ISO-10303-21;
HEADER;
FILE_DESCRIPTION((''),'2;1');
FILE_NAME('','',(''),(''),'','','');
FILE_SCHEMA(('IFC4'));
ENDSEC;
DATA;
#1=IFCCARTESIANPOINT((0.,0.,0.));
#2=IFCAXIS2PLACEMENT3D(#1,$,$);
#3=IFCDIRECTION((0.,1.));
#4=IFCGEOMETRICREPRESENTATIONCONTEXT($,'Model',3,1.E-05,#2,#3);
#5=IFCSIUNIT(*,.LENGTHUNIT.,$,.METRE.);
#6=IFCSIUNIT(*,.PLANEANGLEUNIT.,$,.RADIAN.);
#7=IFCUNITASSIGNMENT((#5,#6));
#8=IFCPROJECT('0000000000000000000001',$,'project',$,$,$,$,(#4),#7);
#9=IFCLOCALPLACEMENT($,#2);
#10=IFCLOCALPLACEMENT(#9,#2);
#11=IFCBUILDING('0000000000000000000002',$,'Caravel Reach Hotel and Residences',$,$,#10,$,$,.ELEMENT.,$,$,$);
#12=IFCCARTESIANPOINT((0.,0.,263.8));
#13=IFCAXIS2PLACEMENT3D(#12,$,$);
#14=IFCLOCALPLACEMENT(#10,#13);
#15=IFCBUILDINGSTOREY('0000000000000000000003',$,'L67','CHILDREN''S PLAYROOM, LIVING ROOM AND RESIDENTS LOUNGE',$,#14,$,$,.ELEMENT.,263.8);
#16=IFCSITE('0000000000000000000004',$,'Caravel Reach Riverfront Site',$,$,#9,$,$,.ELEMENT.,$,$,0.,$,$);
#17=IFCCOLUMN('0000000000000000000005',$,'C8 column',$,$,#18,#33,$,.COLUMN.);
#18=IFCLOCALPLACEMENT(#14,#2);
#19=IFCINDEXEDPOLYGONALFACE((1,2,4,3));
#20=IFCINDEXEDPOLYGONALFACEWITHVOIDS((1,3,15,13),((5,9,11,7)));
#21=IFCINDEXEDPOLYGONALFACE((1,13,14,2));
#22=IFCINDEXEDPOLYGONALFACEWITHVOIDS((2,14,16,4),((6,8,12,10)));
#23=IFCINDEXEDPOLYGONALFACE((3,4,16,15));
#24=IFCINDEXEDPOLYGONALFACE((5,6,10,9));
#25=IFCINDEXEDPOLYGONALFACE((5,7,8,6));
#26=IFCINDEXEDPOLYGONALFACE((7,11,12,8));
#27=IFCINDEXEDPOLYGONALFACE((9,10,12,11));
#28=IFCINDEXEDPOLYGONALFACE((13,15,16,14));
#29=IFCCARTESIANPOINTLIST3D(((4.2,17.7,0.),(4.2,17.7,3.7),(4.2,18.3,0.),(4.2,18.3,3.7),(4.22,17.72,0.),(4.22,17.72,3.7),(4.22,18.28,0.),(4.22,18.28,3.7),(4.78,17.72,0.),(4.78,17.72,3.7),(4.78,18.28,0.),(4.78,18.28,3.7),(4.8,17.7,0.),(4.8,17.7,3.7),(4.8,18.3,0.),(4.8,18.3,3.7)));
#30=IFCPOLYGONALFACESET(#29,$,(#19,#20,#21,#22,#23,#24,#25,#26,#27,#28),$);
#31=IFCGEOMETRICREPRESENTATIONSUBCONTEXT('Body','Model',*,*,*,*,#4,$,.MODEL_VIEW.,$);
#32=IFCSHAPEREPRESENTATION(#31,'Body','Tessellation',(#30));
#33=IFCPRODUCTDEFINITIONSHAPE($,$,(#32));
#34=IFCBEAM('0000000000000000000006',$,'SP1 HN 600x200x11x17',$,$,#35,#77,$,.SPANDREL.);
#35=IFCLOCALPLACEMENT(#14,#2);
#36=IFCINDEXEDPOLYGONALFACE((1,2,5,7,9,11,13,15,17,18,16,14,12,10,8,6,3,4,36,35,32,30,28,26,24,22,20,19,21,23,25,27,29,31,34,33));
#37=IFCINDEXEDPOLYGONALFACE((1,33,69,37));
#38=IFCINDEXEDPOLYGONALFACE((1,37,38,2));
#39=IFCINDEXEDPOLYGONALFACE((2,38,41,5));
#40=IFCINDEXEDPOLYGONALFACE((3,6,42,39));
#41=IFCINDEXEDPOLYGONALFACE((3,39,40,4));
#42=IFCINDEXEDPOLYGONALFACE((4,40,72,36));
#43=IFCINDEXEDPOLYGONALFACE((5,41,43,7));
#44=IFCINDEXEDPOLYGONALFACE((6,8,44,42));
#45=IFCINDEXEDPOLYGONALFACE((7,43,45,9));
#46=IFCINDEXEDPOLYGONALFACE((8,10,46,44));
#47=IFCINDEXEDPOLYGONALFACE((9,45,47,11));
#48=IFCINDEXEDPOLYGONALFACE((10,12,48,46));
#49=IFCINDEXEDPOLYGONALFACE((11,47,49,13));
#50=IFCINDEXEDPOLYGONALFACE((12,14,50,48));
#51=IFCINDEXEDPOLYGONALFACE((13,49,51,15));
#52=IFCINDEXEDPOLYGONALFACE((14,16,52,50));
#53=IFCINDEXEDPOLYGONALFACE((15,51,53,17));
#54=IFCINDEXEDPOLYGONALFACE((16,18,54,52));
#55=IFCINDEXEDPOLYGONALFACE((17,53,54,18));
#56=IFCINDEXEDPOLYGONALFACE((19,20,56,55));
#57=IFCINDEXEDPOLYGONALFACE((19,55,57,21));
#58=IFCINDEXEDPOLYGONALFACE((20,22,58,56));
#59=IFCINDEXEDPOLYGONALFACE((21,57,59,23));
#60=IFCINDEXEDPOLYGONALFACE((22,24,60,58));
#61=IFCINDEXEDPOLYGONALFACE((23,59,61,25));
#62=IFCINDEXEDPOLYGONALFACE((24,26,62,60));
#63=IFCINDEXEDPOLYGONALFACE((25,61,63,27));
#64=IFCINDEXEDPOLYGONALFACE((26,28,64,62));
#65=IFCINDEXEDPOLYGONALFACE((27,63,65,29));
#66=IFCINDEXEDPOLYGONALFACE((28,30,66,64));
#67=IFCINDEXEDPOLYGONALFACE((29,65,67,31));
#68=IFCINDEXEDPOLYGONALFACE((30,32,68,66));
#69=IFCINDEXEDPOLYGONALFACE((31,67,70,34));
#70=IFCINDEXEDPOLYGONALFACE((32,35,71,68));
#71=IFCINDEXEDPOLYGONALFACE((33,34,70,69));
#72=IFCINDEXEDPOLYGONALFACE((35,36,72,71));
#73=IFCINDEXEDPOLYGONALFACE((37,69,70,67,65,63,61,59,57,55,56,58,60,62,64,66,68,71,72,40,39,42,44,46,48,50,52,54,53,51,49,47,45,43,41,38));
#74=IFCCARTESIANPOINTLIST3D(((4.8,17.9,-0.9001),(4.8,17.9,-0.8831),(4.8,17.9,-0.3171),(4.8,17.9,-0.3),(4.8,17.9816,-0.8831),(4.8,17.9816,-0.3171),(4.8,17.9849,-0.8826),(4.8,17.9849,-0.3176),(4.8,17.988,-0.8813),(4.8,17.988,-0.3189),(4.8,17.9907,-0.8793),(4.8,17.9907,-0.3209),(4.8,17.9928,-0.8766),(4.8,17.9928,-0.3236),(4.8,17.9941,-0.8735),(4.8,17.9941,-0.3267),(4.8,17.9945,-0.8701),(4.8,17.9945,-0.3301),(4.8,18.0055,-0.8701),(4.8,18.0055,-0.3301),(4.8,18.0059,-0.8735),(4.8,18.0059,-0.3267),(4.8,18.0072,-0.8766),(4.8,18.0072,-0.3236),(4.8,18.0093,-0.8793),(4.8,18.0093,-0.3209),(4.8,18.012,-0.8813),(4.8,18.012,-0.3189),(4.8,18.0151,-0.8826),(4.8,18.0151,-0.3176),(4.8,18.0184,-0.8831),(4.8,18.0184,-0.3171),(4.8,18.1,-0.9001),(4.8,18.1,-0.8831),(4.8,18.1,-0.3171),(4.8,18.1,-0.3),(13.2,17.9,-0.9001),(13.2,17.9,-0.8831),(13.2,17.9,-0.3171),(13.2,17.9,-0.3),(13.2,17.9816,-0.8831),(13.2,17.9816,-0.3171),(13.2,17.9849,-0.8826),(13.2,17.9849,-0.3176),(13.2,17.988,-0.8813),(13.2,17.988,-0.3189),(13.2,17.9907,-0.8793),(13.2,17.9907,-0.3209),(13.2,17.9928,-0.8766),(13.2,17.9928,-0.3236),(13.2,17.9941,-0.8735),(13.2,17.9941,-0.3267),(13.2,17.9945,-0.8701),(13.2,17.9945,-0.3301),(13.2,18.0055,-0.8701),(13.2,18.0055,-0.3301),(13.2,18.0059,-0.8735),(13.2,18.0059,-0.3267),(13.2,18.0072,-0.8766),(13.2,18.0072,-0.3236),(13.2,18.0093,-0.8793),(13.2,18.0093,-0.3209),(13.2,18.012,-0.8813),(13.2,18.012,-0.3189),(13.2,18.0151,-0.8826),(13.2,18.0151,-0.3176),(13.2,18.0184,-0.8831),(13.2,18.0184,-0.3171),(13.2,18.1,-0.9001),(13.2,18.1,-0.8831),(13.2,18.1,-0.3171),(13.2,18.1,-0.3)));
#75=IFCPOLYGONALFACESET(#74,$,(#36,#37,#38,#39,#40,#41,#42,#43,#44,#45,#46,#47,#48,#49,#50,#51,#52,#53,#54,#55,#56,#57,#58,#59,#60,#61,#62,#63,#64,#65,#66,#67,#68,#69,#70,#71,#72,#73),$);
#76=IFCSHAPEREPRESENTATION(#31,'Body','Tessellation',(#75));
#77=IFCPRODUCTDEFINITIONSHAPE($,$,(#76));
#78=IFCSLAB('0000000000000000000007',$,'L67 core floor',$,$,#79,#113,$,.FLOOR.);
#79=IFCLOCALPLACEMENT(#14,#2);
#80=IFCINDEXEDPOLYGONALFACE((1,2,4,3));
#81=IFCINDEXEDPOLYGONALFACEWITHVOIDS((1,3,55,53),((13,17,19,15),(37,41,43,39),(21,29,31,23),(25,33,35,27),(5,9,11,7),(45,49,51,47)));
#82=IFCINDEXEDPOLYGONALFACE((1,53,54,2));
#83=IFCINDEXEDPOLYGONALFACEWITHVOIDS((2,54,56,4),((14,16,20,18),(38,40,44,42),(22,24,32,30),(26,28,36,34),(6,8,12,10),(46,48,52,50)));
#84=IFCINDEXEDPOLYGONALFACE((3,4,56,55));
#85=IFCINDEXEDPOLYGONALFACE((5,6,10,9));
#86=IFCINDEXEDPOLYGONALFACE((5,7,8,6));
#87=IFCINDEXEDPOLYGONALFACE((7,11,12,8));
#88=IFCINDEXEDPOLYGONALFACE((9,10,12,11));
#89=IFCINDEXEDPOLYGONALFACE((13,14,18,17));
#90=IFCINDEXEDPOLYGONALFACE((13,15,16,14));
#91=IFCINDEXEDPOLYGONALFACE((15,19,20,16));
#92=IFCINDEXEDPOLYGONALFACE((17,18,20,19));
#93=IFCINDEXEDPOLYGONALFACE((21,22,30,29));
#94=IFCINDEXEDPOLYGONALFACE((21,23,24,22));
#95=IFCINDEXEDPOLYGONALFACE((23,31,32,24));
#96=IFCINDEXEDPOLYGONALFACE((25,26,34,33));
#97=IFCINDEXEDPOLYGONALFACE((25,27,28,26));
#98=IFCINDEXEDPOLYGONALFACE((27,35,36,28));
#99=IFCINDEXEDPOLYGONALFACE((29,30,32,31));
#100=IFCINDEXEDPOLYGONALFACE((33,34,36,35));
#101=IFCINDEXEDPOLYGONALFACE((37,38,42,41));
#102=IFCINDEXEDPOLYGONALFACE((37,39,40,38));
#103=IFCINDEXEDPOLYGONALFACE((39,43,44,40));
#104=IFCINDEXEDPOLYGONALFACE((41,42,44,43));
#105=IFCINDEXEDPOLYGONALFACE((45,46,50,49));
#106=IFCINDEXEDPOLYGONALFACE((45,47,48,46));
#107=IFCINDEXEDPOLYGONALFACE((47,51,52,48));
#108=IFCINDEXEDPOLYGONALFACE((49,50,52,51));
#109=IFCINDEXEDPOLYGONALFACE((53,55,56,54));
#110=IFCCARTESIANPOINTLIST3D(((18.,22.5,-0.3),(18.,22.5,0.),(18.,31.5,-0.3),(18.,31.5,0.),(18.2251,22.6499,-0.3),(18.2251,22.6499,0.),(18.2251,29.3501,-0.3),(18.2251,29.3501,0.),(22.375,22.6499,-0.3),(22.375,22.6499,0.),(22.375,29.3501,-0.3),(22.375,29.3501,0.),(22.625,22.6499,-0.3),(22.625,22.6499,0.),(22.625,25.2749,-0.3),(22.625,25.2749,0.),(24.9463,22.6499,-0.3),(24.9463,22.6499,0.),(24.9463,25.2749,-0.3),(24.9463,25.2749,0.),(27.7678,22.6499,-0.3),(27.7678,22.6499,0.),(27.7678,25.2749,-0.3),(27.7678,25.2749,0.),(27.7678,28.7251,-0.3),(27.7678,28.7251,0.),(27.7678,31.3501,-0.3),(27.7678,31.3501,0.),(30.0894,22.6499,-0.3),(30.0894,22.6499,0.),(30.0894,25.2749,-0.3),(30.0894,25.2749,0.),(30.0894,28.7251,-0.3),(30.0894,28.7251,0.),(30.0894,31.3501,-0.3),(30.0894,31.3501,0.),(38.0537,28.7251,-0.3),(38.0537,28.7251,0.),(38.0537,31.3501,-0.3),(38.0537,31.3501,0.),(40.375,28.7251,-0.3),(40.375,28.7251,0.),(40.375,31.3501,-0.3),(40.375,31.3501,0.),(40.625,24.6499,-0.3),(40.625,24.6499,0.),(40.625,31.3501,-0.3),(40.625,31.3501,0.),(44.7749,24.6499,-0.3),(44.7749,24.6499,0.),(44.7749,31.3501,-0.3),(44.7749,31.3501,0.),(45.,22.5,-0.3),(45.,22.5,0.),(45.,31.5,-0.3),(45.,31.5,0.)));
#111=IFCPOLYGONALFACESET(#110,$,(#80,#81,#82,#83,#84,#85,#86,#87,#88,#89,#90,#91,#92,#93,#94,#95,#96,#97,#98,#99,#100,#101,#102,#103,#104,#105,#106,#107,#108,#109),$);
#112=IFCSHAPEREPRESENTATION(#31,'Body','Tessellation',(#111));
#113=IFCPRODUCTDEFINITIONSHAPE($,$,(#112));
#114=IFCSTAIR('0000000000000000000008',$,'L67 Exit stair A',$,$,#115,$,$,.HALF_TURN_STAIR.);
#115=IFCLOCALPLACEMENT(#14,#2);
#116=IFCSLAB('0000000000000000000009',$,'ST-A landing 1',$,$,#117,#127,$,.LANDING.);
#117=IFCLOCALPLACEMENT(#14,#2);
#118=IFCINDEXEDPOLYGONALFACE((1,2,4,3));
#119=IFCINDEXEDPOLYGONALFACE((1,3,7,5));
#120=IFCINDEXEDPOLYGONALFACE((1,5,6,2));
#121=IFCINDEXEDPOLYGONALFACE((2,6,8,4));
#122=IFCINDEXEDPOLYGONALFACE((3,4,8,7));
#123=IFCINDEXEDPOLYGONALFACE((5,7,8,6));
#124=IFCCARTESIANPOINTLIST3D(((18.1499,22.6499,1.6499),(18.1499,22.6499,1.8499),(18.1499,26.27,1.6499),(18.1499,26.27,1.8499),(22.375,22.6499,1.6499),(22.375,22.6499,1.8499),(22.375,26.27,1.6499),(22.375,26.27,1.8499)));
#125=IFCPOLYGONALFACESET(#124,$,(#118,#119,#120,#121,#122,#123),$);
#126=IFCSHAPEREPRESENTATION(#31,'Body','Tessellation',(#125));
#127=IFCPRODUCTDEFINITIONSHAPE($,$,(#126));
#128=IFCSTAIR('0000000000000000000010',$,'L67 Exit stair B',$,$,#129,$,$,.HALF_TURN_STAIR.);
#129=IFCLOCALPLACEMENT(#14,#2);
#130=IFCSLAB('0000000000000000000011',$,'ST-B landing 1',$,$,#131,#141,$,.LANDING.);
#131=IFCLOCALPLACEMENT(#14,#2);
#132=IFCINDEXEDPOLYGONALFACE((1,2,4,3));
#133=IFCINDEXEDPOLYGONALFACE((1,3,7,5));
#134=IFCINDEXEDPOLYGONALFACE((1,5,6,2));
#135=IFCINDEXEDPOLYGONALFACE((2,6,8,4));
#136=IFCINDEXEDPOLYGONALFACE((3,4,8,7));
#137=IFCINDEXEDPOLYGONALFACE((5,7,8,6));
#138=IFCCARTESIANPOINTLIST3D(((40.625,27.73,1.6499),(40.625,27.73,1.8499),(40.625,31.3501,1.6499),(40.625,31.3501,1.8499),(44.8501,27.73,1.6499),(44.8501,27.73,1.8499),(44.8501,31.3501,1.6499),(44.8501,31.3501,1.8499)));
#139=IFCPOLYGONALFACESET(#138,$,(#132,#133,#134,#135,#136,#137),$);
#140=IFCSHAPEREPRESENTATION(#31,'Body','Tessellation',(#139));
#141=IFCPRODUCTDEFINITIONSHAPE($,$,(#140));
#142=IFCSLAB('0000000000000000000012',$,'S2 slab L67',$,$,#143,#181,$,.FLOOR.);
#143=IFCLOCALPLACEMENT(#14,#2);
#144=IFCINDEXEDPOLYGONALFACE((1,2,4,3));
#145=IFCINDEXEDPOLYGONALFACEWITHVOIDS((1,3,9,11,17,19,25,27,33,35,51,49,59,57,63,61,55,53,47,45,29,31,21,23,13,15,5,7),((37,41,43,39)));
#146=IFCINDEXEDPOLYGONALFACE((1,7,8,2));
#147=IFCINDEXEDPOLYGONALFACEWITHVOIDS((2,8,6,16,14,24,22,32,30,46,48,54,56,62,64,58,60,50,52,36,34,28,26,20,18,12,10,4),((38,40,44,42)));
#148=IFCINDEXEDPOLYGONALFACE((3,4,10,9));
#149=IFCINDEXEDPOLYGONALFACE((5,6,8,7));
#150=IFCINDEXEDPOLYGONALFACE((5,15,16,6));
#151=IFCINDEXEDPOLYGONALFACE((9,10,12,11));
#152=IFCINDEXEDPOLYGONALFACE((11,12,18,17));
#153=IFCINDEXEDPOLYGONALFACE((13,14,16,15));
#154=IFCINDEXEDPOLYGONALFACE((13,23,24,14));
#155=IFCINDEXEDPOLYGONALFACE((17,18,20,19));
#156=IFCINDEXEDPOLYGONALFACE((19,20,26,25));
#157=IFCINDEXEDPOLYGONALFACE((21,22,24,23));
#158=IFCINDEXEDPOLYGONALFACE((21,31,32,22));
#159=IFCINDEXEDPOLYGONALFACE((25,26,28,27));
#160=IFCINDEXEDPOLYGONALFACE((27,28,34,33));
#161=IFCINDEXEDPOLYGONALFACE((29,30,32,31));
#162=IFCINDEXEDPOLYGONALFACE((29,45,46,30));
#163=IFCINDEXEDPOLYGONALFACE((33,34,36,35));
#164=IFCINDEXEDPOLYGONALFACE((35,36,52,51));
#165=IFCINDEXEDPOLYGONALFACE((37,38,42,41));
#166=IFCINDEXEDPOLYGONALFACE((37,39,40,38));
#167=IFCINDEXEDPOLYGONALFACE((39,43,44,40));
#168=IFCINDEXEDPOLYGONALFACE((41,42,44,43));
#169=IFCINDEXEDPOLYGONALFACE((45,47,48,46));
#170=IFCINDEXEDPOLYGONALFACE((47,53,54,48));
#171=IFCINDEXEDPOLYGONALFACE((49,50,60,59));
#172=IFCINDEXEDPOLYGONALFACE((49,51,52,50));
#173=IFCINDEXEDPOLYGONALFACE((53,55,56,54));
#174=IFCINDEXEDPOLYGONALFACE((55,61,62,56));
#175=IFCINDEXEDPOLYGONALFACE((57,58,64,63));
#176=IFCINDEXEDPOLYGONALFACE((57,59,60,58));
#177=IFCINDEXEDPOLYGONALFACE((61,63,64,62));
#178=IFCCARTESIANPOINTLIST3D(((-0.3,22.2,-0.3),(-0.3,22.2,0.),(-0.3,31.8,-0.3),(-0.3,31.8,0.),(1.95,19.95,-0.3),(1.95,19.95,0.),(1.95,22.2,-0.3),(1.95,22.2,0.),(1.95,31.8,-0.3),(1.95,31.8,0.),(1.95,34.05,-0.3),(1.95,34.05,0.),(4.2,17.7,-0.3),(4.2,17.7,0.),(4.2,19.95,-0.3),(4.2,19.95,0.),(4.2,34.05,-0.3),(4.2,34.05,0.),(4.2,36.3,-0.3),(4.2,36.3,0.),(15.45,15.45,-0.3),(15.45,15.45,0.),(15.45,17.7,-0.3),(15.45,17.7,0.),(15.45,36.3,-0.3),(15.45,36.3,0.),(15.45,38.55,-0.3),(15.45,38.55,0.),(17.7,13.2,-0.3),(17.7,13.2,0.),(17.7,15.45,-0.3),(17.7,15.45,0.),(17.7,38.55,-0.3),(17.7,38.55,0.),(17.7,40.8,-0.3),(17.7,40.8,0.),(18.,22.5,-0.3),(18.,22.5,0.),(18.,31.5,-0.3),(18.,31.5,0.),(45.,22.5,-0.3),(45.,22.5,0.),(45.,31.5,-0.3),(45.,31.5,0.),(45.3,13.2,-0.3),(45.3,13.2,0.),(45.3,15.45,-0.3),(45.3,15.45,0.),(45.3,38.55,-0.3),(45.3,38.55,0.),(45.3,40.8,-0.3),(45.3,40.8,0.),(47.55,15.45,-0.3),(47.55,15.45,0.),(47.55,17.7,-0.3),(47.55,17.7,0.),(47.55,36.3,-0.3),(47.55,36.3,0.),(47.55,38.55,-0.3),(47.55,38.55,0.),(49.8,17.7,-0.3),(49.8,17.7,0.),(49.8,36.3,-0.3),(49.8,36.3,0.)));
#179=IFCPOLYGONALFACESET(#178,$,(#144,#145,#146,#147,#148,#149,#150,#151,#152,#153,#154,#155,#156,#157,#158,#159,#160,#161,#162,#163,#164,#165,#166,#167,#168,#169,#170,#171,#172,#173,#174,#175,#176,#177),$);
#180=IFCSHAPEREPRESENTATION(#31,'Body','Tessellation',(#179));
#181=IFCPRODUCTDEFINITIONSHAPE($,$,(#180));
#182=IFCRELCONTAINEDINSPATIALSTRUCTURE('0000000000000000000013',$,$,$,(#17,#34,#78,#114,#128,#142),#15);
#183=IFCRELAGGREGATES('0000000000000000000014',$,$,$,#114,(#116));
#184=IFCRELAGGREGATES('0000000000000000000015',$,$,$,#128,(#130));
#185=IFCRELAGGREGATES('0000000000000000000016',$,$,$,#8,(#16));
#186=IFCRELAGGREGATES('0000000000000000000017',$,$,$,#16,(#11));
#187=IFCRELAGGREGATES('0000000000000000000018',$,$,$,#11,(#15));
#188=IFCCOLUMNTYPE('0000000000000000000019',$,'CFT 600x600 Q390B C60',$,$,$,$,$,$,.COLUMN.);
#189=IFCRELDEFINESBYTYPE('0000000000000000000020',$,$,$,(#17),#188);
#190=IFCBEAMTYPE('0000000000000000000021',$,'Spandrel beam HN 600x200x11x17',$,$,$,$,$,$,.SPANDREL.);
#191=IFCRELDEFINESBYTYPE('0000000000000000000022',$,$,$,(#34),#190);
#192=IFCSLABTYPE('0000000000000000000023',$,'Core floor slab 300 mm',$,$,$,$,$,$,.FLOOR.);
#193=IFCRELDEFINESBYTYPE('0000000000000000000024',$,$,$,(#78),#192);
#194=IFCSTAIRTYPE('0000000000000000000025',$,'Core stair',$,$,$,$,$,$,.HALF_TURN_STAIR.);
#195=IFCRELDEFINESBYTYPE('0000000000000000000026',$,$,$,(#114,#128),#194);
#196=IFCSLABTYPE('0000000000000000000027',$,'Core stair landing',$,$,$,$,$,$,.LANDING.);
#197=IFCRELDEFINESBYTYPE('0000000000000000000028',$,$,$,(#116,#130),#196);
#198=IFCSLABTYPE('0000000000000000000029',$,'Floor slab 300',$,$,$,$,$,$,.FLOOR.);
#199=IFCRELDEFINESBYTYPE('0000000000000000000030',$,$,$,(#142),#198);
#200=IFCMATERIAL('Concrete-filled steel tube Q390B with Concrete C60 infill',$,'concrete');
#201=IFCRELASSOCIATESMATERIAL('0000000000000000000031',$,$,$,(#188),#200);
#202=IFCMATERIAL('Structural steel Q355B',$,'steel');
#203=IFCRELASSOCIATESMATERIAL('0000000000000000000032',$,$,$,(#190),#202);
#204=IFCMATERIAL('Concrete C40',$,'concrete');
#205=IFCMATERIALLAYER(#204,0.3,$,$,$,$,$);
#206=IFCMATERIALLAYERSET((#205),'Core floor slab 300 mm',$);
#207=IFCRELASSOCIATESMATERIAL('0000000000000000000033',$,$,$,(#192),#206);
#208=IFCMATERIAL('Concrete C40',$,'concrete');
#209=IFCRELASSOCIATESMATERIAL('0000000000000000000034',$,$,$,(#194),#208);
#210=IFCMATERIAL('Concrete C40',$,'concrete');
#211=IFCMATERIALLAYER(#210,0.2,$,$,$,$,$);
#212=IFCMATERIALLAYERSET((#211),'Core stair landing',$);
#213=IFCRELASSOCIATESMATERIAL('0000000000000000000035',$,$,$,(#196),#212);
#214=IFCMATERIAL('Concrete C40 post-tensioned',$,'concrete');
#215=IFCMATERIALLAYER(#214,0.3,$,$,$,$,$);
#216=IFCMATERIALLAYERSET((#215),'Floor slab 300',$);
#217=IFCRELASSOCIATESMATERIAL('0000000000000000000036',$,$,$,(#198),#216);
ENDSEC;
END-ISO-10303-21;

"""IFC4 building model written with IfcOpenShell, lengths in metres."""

from ifc_helpers import new_model, si_unit, direction, frame, origin, origin_2d, place, context, subcontext, project, spatial, polyline, hollow_rectangle, i_section, outline, extrude, material, layer, layer_set, material_profile, profile_set, type_object, element, aggregate, save


model = new_model("IFC4")

# Units and contexts
model_context = context("Model", 3, precision=1e-05, world=origin(), true_north=direction((0.0, 1.0)))
body_context = subcontext(model_context, "Body", "Model", "MODEL_VIEW")
ifc_project = project(units=[si_unit("LENGTHUNIT", "METRE"), si_unit("PLANEANGLEUNIT", "RADIAN")], contexts=[model_context])

# Site, building, storey
site_placement = place(None, origin())
site = spatial("IfcSite", under=ifc_project, at=site_placement, Name="Caravel Reach Riverfront Site", CompositionType="ELEMENT", RefElevation=0.0)
building_placement = place(site_placement, origin())
building = spatial("IfcBuilding", under=site, at=building_placement, Name="Caravel Reach Hotel and Residences", CompositionType="ELEMENT")
storey_placement = place(building_placement, frame((0.0, 0.0, 263.8)))
storey = spatial("IfcBuildingStorey", under=building, at=storey_placement, Name="L67", Description="CHILDREN'S PLAYROOM, LIVING ROOM AND RESIDENTS LOUNGE", CompositionType="ELEMENT", Elevation=263.8)

# Column
ifc_material_1 = material(Name="Concrete-filled steel tube Q390B with Concrete C60 infill", Category="concrete")
ifc_material_profile_1 = material_profile(ifc_material_1, hollow_rectangle(XDim=0.6001, YDim=0.6001, WallThickness=0.02, at=origin_2d()), Name="RHS 600x600x20")
ifc_profile_set_1 = profile_set([ifc_material_profile_1], Name="Concrete-filled steel tube Q390B with Concrete C60 infill")
column_type = type_object("IfcColumnType", Name="CFT 600x600 Q390B C60", PredefinedType="COLUMN", material=ifc_profile_set_1)
column_placement = place(storey_placement, frame((4.5, 18.0, 0.0), z_axis=(0.0, 0.0, 1.0), x_axis=(1.0, 0.0, 0.0)))
element("IfcColumn", 1, at=column_placement, inside=storey, type_object=column_type, Name="C8 column", PredefinedType="COLUMN", context=body_context, shape_type="SweptSolid", body=[
    extrude(hollow_rectangle(XDim=0.6001, YDim=0.6001, WallThickness=0.02, at=origin_2d()), origin(), (0.0, 0.0, 1.0), 3.7),
])

# Beam
ifc_material_2 = material(Name="Structural steel Q355B", Category="steel")
ifc_material_profile_2 = material_profile(ifc_material_2, i_section(OverallWidth=0.2, OverallDepth=0.6001, WebThickness=0.011, FlangeThickness=0.0171, FilletRadius=0.0129, at=origin_2d()), Name="HN 600x200x11x17")
ifc_profile_set_2 = profile_set([ifc_material_profile_2], Name="Structural steel Q355B")
beam_type = type_object("IfcBeamType", Name="Spandrel beam HN 600x200x11x17", PredefinedType="SPANDREL", material=ifc_profile_set_2)
beam_placement = place(storey_placement, frame((4.8, 18.0, -0.6001), z_axis=(1.0, 0.0, 0.0), x_axis=(0.0, 1.0, 0.0)))
element("IfcBeam", 2, at=beam_placement, inside=storey, type_object=beam_type, Name="SP1 HN 600x200x11x17", PredefinedType="SPANDREL", context=body_context, shape_type="SweptSolid", body=[
    extrude(i_section(OverallWidth=0.2, OverallDepth=0.6001, WebThickness=0.011, FlangeThickness=0.0171, FilletRadius=0.0129, at=origin_2d()), origin(), (0.0, 0.0, 1.0), 8.3999),
])

# Slab
ifc_material_3 = material(Name="Concrete C40", Category="concrete")
ifc_layer_1 = layer(ifc_material_3, 0.3)
ifc_layer_set_1 = layer_set([ifc_layer_1], Name="Core floor slab 300 mm")
slab_type_1 = type_object("IfcSlabType", Name="Core floor slab 300 mm", PredefinedType="FLOOR", material=ifc_layer_set_1)
slab_1_placement = place(storey_placement, frame((0.0, 0.0, -0.3)))
element("IfcSlab", 3, at=slab_1_placement, inside=storey, type_object=slab_type_1, Name="L67 core floor", PredefinedType="FLOOR", context=body_context, shape_type="SweptSolid", body=[
    extrude(outline(polyline([(18.0, 31.5), (45.0, 31.5), (45.0, 22.5), (18.0, 22.5), (18.0, 31.5)]), holes=[polyline([(22.625, 22.6499), (24.9463, 22.6499), (24.9463, 25.2749), (22.625, 25.2749), (22.625, 22.6499)]), polyline([(27.7678, 25.2749), (27.7678, 22.6499), (30.0894, 22.6499), (30.0894, 25.2749), (27.7678, 25.2749)]), polyline([(22.375, 22.6499), (22.375, 29.3501), (18.2251, 29.3501), (18.2251, 22.6499), (22.375, 22.6499)]), polyline([(40.625, 24.6499), (44.7749, 24.6499), (44.7749, 31.3501), (40.625, 31.3501), (40.625, 24.6499)]), polyline([(27.7678, 31.3501), (27.7678, 28.7251), (30.0894, 28.7251), (30.0894, 31.3501), (27.7678, 31.3501)]), polyline([(38.0537, 31.3501), (38.0537, 28.7251), (40.375, 28.7251), (40.375, 31.3501), (38.0537, 31.3501)])]), origin(), (0.0, 0.0, 1.0), 0.3),
])

# Stairs, slabs
ifc_material_4 = material(Name="Concrete C40", Category="concrete")
stair_type = type_object("IfcStairType", Name="Core stair", PredefinedType="HALF_TURN_STAIR", material=ifc_material_4)
stair_1_placement = place(storey_placement, origin())
stair_1 = element("IfcStair", 4, at=stair_1_placement, inside=storey, type_object=stair_type, Name="L67 Exit stair A", PredefinedType="HALF_TURN_STAIR")
ifc_material_5 = material(Name="Concrete C40", Category="concrete")
ifc_layer_2 = layer(ifc_material_5, 0.2)
ifc_layer_set_2 = layer_set([ifc_layer_2], Name="Core stair landing")
slab_type_2 = type_object("IfcSlabType", Name="Core stair landing", PredefinedType="LANDING", material=ifc_layer_set_2)
slab_2_placement = place(storey_placement, frame((0.0, 0.0, 1.6499)))
slab_2 = element("IfcSlab", 5, at=slab_2_placement, type_object=slab_type_2, Name="ST-A landing 1", PredefinedType="LANDING", context=body_context, shape_type="SweptSolid", body=[
    extrude(outline(polyline([(18.1499, 26.27), (18.1499, 22.6499), (22.375, 22.6499), (22.375, 26.27), (18.1499, 26.27)])), origin(), (0.0, 0.0, 1.0), 0.2),
])
aggregate(stair_1, [slab_2])
stair_2_placement = place(storey_placement, origin())
stair_2 = element("IfcStair", 6, at=stair_2_placement, inside=storey, type_object=stair_type, Name="L67 Exit stair B", PredefinedType="HALF_TURN_STAIR")
slab_3_placement = place(storey_placement, frame((0.0, 0.0, 1.6499)))
slab_3 = element("IfcSlab", 7, at=slab_3_placement, type_object=slab_type_2, Name="ST-B landing 1", PredefinedType="LANDING", context=body_context, shape_type="SweptSolid", body=[
    extrude(outline(polyline([(44.8501, 27.73), (44.8501, 31.3501), (40.625, 31.3501), (40.625, 27.73), (44.8501, 27.73)])), origin(), (0.0, 0.0, 1.0), 0.2),
])
aggregate(stair_2, [slab_3])

# Slab
ifc_material_6 = material(Name="Concrete C40 post-tensioned", Category="concrete")
ifc_layer_3 = layer(ifc_material_6, 0.3)
ifc_layer_set_3 = layer_set([ifc_layer_3], Name="Floor slab 300")
slab_type_3 = type_object("IfcSlabType", Name="Floor slab 300", PredefinedType="FLOOR", material=ifc_layer_set_3)
slab_4_placement = place(storey_placement, frame((0.0, 0.0, -0.3)))
element("IfcSlab", 8, at=slab_4_placement, inside=storey, type_object=slab_type_3, Name="S2 slab L67", PredefinedType="FLOOR", context=body_context, shape_type="SweptSolid", body=[
    extrude(outline(polyline([(4.2, 19.95), (1.95, 19.95), (1.95, 22.2), (-0.3, 22.2), (-0.3, 31.8), (1.95, 31.8), (1.95, 34.05), (4.2, 34.05), (4.2, 36.3), (15.45, 36.3), (15.45, 38.55), (17.7, 38.55), (17.7, 40.8), (45.3, 40.8), (45.3, 38.55), (47.55, 38.55), (47.55, 36.3), (49.8, 36.3), (49.8, 17.7), (47.55, 17.7), (47.55, 15.45), (45.3, 15.45), (45.3, 13.2), (17.7, 13.2), (17.7, 15.45), (15.45, 15.45), (15.45, 17.7), (4.2, 17.7), (4.2, 19.95)]), holes=[polyline([(45.0, 31.5), (18.0, 31.5), (18.0, 22.5), (45.0, 22.5), (45.0, 31.5)])]), origin(), (0.0, 0.0, 1.0), 0.3),
])

save(model, "model.ifc")
